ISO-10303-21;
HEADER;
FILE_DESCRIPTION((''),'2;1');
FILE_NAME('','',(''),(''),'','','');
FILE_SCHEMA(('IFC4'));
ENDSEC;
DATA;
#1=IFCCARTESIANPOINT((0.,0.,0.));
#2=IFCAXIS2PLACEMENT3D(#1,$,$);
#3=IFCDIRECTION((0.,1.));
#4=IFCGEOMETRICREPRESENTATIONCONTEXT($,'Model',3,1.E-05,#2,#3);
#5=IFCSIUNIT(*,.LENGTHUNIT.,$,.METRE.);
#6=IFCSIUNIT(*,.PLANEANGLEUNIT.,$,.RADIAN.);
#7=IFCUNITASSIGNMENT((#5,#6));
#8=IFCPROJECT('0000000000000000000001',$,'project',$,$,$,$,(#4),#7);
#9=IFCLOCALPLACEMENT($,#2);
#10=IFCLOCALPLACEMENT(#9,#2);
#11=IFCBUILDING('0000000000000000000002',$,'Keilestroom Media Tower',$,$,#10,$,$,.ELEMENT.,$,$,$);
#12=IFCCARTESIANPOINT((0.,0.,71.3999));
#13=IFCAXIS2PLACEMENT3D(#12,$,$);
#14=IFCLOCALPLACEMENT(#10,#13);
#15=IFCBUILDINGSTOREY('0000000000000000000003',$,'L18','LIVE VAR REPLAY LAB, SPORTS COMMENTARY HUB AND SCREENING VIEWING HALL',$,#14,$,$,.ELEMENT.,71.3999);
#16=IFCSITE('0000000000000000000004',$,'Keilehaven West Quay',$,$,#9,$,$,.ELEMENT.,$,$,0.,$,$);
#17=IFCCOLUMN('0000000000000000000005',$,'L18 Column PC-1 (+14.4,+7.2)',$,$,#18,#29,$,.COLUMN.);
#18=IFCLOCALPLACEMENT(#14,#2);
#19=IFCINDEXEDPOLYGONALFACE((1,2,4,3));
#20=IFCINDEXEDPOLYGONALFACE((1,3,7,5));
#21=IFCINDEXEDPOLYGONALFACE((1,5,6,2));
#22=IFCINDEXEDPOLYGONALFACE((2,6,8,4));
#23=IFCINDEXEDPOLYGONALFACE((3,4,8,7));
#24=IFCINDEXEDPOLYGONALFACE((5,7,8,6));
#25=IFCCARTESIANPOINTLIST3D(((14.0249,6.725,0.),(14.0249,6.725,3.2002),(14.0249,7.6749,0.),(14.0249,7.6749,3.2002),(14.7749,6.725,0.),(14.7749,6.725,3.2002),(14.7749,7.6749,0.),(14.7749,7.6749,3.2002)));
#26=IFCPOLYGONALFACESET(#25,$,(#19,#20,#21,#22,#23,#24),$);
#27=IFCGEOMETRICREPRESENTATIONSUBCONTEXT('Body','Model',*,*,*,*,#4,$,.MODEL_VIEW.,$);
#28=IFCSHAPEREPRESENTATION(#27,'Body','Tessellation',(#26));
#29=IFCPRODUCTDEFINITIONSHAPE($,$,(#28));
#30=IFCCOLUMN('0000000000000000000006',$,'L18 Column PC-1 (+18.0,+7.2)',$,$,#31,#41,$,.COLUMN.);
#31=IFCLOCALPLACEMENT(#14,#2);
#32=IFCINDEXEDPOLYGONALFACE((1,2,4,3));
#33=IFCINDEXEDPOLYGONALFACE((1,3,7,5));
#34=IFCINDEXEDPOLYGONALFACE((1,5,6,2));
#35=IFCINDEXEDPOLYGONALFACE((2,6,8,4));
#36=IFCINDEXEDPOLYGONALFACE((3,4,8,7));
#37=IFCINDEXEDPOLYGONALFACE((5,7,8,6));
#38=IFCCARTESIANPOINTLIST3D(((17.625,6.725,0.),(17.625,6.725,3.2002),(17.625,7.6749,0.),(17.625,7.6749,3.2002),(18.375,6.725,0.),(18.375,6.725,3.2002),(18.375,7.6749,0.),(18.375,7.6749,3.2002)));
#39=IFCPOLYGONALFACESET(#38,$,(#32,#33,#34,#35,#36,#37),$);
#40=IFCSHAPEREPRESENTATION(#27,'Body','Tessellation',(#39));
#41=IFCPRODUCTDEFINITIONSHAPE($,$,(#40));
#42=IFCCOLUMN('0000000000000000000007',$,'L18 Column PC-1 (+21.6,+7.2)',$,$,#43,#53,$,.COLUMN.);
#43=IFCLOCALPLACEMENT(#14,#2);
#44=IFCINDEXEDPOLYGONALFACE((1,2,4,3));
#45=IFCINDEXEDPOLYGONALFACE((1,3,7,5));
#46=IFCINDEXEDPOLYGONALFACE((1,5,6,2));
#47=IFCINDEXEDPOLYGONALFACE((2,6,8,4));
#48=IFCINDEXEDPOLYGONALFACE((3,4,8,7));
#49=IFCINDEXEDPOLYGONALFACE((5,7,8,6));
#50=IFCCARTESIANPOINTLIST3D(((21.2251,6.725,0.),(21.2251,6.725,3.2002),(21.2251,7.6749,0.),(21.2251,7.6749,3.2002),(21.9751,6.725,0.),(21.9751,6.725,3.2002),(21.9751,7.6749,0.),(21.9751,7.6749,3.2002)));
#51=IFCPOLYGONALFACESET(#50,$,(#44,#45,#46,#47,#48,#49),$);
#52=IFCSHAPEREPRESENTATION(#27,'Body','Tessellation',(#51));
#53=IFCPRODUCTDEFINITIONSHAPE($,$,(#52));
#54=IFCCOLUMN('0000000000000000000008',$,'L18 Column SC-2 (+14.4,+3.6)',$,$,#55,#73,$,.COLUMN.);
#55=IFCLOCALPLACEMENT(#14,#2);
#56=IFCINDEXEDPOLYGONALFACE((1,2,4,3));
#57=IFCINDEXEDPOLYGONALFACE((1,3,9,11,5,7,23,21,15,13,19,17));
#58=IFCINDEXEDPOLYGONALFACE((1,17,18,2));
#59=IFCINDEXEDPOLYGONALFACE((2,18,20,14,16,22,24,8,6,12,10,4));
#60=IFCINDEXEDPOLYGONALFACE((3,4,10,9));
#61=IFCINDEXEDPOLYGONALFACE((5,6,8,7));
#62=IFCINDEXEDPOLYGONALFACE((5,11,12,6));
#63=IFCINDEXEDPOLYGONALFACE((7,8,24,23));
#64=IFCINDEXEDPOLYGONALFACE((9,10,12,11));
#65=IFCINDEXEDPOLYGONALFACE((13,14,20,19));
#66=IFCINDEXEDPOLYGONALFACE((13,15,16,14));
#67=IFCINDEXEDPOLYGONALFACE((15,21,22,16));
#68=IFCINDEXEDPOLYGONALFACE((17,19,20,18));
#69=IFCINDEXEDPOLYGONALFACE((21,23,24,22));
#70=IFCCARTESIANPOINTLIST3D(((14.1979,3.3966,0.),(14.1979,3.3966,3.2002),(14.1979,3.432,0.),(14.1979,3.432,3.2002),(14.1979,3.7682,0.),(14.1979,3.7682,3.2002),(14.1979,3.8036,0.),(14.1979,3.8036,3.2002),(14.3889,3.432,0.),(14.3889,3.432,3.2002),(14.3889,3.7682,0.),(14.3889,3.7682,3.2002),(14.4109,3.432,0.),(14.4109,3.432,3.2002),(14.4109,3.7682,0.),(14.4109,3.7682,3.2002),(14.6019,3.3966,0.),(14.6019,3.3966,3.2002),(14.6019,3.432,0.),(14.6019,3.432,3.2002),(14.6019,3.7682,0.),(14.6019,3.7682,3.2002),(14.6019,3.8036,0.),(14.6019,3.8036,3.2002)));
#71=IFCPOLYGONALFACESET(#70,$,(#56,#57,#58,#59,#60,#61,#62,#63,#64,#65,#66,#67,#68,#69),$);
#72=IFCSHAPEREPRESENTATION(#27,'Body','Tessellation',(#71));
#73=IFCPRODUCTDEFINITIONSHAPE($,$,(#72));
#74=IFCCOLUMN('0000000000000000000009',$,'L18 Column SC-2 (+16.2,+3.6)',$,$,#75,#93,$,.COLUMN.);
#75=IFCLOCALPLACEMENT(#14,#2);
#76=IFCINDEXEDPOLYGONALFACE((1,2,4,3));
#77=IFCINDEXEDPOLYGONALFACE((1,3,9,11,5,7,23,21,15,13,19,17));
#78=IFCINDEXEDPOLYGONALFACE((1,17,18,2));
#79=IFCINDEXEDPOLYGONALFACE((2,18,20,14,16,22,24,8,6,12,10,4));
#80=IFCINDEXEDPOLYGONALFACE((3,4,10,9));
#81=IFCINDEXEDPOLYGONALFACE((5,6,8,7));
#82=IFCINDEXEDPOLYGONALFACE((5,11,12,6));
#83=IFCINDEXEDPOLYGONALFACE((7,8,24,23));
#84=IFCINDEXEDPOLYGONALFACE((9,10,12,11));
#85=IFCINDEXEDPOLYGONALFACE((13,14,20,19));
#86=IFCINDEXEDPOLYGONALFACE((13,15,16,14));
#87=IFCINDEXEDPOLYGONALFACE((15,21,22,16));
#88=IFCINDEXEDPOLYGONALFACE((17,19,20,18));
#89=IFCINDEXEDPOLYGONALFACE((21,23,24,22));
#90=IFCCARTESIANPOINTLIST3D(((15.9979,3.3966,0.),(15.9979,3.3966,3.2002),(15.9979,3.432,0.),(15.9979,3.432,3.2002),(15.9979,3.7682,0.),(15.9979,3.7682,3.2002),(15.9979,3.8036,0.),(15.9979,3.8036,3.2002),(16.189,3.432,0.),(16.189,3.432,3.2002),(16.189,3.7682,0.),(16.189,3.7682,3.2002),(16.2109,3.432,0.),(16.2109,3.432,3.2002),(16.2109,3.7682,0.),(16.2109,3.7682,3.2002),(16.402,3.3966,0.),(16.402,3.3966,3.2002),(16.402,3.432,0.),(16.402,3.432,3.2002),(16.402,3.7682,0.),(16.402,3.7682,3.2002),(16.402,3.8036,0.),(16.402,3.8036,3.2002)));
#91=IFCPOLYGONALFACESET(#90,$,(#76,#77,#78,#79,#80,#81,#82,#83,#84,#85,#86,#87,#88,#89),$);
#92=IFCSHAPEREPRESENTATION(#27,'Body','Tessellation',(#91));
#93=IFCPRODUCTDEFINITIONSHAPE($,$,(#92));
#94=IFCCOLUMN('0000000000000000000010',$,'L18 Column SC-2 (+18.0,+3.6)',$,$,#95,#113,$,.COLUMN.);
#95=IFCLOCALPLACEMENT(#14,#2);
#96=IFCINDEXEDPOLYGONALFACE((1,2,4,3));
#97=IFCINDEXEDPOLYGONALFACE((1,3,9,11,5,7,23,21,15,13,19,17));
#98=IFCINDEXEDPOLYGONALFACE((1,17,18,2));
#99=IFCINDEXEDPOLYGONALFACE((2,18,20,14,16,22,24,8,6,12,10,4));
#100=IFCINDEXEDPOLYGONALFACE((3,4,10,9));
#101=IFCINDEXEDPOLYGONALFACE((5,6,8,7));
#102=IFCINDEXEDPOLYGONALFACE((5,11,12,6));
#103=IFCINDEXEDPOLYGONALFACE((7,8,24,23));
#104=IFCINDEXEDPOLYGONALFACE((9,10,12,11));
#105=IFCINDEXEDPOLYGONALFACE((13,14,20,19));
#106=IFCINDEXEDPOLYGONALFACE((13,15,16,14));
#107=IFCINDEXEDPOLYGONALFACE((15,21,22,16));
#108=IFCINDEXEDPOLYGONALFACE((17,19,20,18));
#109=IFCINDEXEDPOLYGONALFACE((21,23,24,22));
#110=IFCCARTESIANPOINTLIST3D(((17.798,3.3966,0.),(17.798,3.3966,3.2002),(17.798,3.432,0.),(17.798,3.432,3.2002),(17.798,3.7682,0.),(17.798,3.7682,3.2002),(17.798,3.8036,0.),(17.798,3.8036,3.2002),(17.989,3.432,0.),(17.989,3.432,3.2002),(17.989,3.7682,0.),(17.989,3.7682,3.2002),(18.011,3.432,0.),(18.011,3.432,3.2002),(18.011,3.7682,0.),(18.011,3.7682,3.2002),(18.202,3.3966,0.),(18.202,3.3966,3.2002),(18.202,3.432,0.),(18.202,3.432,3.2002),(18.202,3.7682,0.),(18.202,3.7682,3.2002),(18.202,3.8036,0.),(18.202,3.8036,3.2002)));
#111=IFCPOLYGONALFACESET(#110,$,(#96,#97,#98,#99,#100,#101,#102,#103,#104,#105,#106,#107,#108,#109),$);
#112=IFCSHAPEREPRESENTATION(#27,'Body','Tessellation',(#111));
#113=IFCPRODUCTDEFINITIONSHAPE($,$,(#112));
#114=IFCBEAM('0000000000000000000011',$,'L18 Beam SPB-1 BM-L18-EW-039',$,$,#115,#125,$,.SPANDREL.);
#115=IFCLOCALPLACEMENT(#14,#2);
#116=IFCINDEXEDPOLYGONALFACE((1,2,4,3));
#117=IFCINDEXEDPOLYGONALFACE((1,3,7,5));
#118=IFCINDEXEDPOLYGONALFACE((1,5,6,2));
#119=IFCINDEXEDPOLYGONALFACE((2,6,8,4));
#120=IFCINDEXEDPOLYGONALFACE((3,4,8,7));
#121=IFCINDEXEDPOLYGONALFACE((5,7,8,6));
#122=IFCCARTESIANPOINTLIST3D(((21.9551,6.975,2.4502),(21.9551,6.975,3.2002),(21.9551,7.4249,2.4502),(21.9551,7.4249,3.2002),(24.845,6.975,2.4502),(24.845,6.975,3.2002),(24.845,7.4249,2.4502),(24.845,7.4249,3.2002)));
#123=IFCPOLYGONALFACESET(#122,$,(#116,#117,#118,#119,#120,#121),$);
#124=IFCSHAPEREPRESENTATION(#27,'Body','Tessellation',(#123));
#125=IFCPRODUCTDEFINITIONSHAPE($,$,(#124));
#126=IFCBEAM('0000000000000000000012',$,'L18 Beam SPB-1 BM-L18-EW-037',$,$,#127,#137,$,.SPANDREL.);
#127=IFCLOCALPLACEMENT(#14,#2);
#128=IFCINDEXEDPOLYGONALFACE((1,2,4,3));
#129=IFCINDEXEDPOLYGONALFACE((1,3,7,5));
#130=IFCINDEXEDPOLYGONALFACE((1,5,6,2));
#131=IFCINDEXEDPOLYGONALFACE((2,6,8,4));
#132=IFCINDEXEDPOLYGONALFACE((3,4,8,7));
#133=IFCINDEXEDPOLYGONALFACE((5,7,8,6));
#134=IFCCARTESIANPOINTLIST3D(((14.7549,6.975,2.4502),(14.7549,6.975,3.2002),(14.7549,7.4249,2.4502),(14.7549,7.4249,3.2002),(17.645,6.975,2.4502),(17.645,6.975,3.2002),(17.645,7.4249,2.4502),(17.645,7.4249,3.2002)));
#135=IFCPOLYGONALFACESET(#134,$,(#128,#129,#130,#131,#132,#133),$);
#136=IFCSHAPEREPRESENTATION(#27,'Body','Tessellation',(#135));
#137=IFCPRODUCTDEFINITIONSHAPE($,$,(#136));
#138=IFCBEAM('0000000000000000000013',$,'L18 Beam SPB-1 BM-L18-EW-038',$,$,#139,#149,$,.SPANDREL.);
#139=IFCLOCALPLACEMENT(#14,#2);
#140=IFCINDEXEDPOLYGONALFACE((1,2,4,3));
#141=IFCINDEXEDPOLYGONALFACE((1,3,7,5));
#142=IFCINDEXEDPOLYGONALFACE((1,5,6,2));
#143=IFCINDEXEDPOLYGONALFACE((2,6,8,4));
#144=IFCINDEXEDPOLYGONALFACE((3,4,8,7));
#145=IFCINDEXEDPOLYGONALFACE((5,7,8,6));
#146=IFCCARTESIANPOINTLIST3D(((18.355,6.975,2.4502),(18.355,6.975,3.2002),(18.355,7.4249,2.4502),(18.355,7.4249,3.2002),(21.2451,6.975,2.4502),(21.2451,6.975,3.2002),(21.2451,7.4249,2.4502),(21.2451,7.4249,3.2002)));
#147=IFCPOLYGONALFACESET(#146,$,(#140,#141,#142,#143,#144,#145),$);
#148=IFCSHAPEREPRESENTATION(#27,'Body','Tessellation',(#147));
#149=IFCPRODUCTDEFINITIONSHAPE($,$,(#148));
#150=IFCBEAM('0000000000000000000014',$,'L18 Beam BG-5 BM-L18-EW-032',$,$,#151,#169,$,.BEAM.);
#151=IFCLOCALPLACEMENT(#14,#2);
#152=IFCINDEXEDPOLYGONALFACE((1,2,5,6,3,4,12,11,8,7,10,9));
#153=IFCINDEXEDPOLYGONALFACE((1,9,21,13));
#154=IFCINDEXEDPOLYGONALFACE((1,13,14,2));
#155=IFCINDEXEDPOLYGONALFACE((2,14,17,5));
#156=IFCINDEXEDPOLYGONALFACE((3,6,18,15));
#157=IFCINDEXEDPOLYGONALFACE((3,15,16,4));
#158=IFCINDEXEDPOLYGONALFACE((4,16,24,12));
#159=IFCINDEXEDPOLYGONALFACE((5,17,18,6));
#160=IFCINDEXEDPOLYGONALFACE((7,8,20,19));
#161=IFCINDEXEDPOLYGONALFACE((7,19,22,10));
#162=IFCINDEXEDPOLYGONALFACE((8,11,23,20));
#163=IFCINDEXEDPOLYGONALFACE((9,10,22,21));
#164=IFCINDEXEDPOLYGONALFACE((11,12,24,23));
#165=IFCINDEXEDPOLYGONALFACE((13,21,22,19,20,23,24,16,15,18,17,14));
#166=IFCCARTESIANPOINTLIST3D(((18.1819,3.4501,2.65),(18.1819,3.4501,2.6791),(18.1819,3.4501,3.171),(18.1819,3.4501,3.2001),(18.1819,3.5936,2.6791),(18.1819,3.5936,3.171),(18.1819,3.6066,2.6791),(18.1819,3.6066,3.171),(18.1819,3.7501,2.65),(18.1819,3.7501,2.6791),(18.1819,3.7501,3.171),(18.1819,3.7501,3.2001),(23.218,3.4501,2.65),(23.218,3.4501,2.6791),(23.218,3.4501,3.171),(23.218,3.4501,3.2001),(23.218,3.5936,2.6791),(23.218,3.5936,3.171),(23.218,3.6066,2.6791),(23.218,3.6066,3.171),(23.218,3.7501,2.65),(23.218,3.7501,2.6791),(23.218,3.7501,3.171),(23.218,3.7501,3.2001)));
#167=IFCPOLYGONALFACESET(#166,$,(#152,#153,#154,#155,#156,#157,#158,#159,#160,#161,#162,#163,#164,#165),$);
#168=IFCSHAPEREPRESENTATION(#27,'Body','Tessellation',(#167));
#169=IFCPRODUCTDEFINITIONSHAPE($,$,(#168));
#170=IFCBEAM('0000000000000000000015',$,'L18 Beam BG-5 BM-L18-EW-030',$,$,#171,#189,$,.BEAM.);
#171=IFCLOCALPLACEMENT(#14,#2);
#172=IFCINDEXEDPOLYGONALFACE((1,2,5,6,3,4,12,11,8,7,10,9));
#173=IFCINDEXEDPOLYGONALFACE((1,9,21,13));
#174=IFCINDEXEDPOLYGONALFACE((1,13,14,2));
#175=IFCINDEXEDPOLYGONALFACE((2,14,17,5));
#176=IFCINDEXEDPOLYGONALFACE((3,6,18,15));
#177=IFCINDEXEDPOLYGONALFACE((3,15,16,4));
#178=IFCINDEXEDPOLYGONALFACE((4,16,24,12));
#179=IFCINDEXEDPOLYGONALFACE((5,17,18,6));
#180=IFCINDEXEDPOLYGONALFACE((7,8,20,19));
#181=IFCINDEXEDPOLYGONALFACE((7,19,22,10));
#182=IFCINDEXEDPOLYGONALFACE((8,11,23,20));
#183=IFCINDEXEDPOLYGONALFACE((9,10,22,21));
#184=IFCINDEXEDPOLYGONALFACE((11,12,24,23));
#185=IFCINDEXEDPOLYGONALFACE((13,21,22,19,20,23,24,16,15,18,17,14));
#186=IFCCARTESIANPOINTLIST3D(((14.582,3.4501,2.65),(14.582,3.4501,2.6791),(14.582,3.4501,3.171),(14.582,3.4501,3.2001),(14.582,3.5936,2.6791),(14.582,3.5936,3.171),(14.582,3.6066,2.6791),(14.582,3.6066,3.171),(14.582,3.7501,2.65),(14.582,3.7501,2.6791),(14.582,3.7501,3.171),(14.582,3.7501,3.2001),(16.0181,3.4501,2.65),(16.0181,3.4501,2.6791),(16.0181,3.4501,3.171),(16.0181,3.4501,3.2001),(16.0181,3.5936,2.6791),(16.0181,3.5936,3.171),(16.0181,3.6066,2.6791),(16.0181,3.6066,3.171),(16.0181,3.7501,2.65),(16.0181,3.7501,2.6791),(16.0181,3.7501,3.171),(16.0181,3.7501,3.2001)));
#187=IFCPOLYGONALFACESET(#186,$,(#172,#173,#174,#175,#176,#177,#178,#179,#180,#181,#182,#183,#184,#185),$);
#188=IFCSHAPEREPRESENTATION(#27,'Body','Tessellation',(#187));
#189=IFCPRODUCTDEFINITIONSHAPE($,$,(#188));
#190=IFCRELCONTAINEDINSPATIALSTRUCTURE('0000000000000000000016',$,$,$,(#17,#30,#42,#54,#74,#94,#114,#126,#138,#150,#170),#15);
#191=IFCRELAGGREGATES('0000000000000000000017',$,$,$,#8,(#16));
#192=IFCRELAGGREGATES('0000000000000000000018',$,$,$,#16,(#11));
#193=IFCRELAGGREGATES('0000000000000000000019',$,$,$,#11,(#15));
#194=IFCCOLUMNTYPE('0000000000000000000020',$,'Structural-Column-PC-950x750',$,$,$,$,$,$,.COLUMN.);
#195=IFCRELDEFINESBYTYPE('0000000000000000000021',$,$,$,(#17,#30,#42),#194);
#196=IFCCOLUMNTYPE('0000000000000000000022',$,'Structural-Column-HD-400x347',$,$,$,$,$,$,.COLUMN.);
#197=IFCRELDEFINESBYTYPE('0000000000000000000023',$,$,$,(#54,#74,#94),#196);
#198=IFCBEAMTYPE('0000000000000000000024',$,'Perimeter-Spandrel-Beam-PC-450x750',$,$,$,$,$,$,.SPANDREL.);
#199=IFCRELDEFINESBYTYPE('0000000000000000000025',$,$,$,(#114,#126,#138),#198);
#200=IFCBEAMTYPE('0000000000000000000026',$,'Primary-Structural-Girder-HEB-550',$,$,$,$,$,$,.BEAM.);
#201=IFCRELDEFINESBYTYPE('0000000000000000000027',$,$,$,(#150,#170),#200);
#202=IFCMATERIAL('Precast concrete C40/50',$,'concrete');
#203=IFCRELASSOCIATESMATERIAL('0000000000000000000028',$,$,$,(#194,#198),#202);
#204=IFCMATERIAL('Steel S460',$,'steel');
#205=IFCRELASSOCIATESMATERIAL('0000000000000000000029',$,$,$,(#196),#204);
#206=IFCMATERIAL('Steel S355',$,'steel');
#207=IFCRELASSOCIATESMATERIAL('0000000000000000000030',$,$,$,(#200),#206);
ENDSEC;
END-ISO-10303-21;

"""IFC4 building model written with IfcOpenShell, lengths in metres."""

from ifc_helpers import new_model, si_unit, direction, frame, origin, origin_2d, place, context, subcontext, project, spatial, rectangle, i_section, extrude, source, transform, mapped, material, material_profile, profile_set, type_object, element, save


model = new_model("IFC4")

# Units and contexts
model_context = context("Model", 3, precision=1e-05, world=origin(), true_north=direction((0.0, 1.0)))
body_context = subcontext(model_context, "Body", "Model", "MODEL_VIEW")
ifc_project = project(units=[si_unit("LENGTHUNIT", "METRE"), si_unit("PLANEANGLEUNIT", "RADIAN")], contexts=[model_context])

# Site, building, storey
site_placement = place(None, origin())
site = spatial("IfcSite", under=ifc_project, at=site_placement, Name="Keilehaven West Quay", CompositionType="ELEMENT", RefElevation=0.0)
building_placement = place(site_placement, origin())
building = spatial("IfcBuilding", under=site, at=building_placement, Name="Keilestroom Media Tower", CompositionType="ELEMENT")
storey_placement = place(building_placement, frame((0.0, 0.0, 71.3999)))
storey = spatial("IfcBuildingStorey", under=building, at=storey_placement, Name="L18", Description="LIVE VAR REPLAY LAB, SPORTS COMMENTARY HUB AND SCREENING VIEWING HALL", CompositionType="ELEMENT", Elevation=71.3999)

# Columns
ifc_material_1 = material(Name="Precast concrete C40/50", Category="concrete")
ifc_material_profile_1 = material_profile(ifc_material_1, rectangle(XDim=0.75, YDim=0.95, at=origin_2d()), Name="PC 950x750")
ifc_profile_set_1 = profile_set([ifc_material_profile_1], Name="Precast concrete C40/50")
column_type_1 = type_object("IfcColumnType", Name="Structural-Column-PC-950x750", PredefinedType="COLUMN", material=ifc_profile_set_1)
shared_shape_1 = source(origin(), body_context, "Body", "SweptSolid", [
    extrude(rectangle(XDim=0.75, YDim=0.95, at=origin_2d()), origin(), (0.0, 0.0, 1.0), 3.2002),
])
for number, where, z_axis, x_axis, name in (
    (1, (14.3999, 7.2, 0.0), (0.0, 0.0, 1.0), (1.0, 0.0, 0.0), "L18 Column PC-1 (+14.4,+7.2)"),
    (2, (18.0, 7.2, 0.0), (0.0, 0.0, 1.0), (1.0, 0.0, 0.0), "L18 Column PC-1 (+18.0,+7.2)"),
    (3, (21.6001, 7.2, 0.0), (0.0, 0.0, 1.0), (1.0, 0.0, 0.0), "L18 Column PC-1 (+21.6,+7.2)"),
):
    element("IfcColumn", number, at=place(storey_placement, frame(where, z_axis=z_axis, x_axis=x_axis)), inside=storey, type_object=column_type_1, Name=name, PredefinedType="COLUMN", context=body_context, shape_type="MappedRepresentation", body=[
        mapped(shared_shape_1, transform((0.0, 0.0, 0.0), x_axis=(1.0, 0.0, 0.0), y_axis=(0.0, 1.0, 0.0), z_axis=(0.0, 0.0, 1.0), scale=1.0)),
    ])
ifc_material_2 = material(Name="Steel S460", Category="steel")
ifc_material_profile_2 = material_profile(ifc_material_2, i_section(OverallWidth=0.4041, OverallDepth=0.407, WebThickness=0.022, FlangeThickness=0.0354, at=origin_2d()), Name="HD 400x347")
ifc_profile_set_2 = profile_set([ifc_material_profile_2], Name="Steel S460")
column_type_2 = type_object("IfcColumnType", Name="Structural-Column-HD-400x347", PredefinedType="COLUMN", material=ifc_profile_set_2)
shared_shape_2 = source(origin(), body_context, "Body", "SweptSolid", [
    extrude(i_section(OverallWidth=0.4041, OverallDepth=0.407, WebThickness=0.022, FlangeThickness=0.0354, at=origin_2d()), origin(), (0.0, 0.0, 1.0), 3.2002),
])
for number, where, z_axis, x_axis, name in (
    (4, (14.3999, 3.6001, 0.0), (0.0, 0.0, 1.0), (1.0, 0.0, 0.0), "L18 Column SC-2 (+14.4,+3.6)"),
    (5, (16.2, 3.6001, 0.0), (0.0, 0.0, 1.0), (1.0, 0.0, 0.0), "L18 Column SC-2 (+16.2,+3.6)"),
    (6, (18.0, 3.6001, 0.0), (0.0, 0.0, 1.0), (1.0, 0.0, 0.0), "L18 Column SC-2 (+18.0,+3.6)"),
):
    element("IfcColumn", number, at=place(storey_placement, frame(where, z_axis=z_axis, x_axis=x_axis)), inside=storey, type_object=column_type_2, Name=name, PredefinedType="COLUMN", context=body_context, shape_type="MappedRepresentation", body=[
        mapped(shared_shape_2, transform((0.0, 0.0, 0.0), x_axis=(1.0, 0.0, 0.0), y_axis=(0.0, 1.0, 0.0), z_axis=(0.0, 0.0, 1.0), scale=1.0)),
    ])

# Beams
ifc_material_profile_3 = material_profile(ifc_material_1, rectangle(XDim=0.45, YDim=0.75, at=origin_2d()), Name="PC 450x750")
ifc_profile_set_3 = profile_set([ifc_material_profile_3], Name="Precast concrete C40/50")
beam_type_1 = type_object("IfcBeamType", Name="Perimeter-Spandrel-Beam-PC-450x750", PredefinedType="SPANDREL", material=ifc_profile_set_3)
shared_shape_3 = source(origin(), body_context, "Body", "SweptSolid", [
    extrude(rectangle(XDim=0.45, YDim=0.75, at=origin_2d()), origin(), (0.0, 0.0, 1.0), 2.8899),
])
beam_1_placement = place(storey_placement, frame((21.9551, 7.2, 2.8252), z_axis=(1.0, 0.0, 0.0), x_axis=(0.0, 1.0, 0.0)))
element("IfcBeam", 7, at=beam_1_placement, inside=storey, type_object=beam_type_1, Name="L18 Beam SPB-1 BM-L18-EW-039", PredefinedType="SPANDREL", context=body_context, shape_type="MappedRepresentation", body=[
    mapped(shared_shape_3, transform((0.0, 0.0, 0.0), x_axis=(1.0, 0.0, 0.0), y_axis=(0.0, 1.0, 0.0), z_axis=(0.0, 0.0, 1.0), scale=1.0)),
])
shared_shape_4 = source(origin(), body_context, "Body", "SweptSolid", [
    extrude(rectangle(XDim=0.45, YDim=0.75, at=origin_2d()), origin(), (0.0, 0.0, 1.0), 2.8901),
])
for number, where, z_axis, x_axis, name in (
    (8, (14.7549, 7.2, 2.8252), (1.0, 0.0, 0.0), (0.0, 1.0, 0.0), "L18 Beam SPB-1 BM-L18-EW-037"),
    (9, (18.355, 7.2, 2.8252), (1.0, 0.0, 0.0), (0.0, 1.0, 0.0), "L18 Beam SPB-1 BM-L18-EW-038"),
):
    element("IfcBeam", number, at=place(storey_placement, frame(where, z_axis=z_axis, x_axis=x_axis)), inside=storey, type_object=beam_type_1, Name=name, PredefinedType="SPANDREL", context=body_context, shape_type="MappedRepresentation", body=[
        mapped(shared_shape_4, transform((0.0, 0.0, 0.0), x_axis=(1.0, 0.0, 0.0), y_axis=(0.0, 1.0, 0.0), z_axis=(0.0, 0.0, 1.0), scale=1.0)),
    ])
ifc_material_3 = material(Name="Steel S355", Category="steel")
ifc_material_profile_4 = material_profile(ifc_material_3, i_section(OverallWidth=0.3, OverallDepth=0.55, WebThickness=0.0129, FlangeThickness=0.0291, at=origin_2d()), Name="HEB 550")
ifc_profile_set_4 = profile_set([ifc_material_profile_4], Name="Steel S355")
beam_type_2 = type_object("IfcBeamType", Name="Primary-Structural-Girder-HEB-550", PredefinedType="BEAM", material=ifc_profile_set_4)
shared_shape_5 = source(origin(), body_context, "Body", "SweptSolid", [
    extrude(i_section(OverallWidth=0.3, OverallDepth=0.55, WebThickness=0.0129, FlangeThickness=0.0291, at=origin_2d()), origin(), (0.0, 0.0, 1.0), 5.0361),
])
beam_2_placement = place(storey_placement, frame((18.1819, 3.6001, 2.925), z_axis=(1.0, 0.0, 0.0), x_axis=(0.0, 1.0, 0.0)))
element("IfcBeam", 10, at=beam_2_placement, inside=storey, type_object=beam_type_2, Name="L18 Beam BG-5 BM-L18-EW-032", PredefinedType="BEAM", context=body_context, shape_type="MappedRepresentation", body=[
    mapped(shared_shape_5, transform((0.0, 0.0, 0.0), x_axis=(1.0, 0.0, 0.0), y_axis=(0.0, 1.0, 0.0), z_axis=(0.0, 0.0, 1.0), scale=1.0)),
])
shared_shape_6 = source(origin(), body_context, "Body", "SweptSolid", [
    extrude(i_section(OverallWidth=0.3, OverallDepth=0.55, WebThickness=0.0129, FlangeThickness=0.0291, at=origin_2d()), origin(), (0.0, 0.0, 1.0), 1.436),
])
for number, where, z_axis, x_axis, name in (
    (11, (14.582, 3.6001, 2.925), (1.0, 0.0, 0.0), (0.0, 1.0, 0.0), "L18 Beam BG-5 BM-L18-EW-030"),
):
    element("IfcBeam", number, at=place(storey_placement, frame(where, z_axis=z_axis, x_axis=x_axis)), inside=storey, type_object=beam_type_2, Name=name, PredefinedType="BEAM", context=body_context, shape_type="MappedRepresentation", body=[
        mapped(shared_shape_6, transform((0.0, 0.0, 0.0), x_axis=(1.0, 0.0, 0.0), y_axis=(0.0, 1.0, 0.0), z_axis=(0.0, 0.0, 1.0), scale=1.0)),
    ])

save(model, "model.ifc")
